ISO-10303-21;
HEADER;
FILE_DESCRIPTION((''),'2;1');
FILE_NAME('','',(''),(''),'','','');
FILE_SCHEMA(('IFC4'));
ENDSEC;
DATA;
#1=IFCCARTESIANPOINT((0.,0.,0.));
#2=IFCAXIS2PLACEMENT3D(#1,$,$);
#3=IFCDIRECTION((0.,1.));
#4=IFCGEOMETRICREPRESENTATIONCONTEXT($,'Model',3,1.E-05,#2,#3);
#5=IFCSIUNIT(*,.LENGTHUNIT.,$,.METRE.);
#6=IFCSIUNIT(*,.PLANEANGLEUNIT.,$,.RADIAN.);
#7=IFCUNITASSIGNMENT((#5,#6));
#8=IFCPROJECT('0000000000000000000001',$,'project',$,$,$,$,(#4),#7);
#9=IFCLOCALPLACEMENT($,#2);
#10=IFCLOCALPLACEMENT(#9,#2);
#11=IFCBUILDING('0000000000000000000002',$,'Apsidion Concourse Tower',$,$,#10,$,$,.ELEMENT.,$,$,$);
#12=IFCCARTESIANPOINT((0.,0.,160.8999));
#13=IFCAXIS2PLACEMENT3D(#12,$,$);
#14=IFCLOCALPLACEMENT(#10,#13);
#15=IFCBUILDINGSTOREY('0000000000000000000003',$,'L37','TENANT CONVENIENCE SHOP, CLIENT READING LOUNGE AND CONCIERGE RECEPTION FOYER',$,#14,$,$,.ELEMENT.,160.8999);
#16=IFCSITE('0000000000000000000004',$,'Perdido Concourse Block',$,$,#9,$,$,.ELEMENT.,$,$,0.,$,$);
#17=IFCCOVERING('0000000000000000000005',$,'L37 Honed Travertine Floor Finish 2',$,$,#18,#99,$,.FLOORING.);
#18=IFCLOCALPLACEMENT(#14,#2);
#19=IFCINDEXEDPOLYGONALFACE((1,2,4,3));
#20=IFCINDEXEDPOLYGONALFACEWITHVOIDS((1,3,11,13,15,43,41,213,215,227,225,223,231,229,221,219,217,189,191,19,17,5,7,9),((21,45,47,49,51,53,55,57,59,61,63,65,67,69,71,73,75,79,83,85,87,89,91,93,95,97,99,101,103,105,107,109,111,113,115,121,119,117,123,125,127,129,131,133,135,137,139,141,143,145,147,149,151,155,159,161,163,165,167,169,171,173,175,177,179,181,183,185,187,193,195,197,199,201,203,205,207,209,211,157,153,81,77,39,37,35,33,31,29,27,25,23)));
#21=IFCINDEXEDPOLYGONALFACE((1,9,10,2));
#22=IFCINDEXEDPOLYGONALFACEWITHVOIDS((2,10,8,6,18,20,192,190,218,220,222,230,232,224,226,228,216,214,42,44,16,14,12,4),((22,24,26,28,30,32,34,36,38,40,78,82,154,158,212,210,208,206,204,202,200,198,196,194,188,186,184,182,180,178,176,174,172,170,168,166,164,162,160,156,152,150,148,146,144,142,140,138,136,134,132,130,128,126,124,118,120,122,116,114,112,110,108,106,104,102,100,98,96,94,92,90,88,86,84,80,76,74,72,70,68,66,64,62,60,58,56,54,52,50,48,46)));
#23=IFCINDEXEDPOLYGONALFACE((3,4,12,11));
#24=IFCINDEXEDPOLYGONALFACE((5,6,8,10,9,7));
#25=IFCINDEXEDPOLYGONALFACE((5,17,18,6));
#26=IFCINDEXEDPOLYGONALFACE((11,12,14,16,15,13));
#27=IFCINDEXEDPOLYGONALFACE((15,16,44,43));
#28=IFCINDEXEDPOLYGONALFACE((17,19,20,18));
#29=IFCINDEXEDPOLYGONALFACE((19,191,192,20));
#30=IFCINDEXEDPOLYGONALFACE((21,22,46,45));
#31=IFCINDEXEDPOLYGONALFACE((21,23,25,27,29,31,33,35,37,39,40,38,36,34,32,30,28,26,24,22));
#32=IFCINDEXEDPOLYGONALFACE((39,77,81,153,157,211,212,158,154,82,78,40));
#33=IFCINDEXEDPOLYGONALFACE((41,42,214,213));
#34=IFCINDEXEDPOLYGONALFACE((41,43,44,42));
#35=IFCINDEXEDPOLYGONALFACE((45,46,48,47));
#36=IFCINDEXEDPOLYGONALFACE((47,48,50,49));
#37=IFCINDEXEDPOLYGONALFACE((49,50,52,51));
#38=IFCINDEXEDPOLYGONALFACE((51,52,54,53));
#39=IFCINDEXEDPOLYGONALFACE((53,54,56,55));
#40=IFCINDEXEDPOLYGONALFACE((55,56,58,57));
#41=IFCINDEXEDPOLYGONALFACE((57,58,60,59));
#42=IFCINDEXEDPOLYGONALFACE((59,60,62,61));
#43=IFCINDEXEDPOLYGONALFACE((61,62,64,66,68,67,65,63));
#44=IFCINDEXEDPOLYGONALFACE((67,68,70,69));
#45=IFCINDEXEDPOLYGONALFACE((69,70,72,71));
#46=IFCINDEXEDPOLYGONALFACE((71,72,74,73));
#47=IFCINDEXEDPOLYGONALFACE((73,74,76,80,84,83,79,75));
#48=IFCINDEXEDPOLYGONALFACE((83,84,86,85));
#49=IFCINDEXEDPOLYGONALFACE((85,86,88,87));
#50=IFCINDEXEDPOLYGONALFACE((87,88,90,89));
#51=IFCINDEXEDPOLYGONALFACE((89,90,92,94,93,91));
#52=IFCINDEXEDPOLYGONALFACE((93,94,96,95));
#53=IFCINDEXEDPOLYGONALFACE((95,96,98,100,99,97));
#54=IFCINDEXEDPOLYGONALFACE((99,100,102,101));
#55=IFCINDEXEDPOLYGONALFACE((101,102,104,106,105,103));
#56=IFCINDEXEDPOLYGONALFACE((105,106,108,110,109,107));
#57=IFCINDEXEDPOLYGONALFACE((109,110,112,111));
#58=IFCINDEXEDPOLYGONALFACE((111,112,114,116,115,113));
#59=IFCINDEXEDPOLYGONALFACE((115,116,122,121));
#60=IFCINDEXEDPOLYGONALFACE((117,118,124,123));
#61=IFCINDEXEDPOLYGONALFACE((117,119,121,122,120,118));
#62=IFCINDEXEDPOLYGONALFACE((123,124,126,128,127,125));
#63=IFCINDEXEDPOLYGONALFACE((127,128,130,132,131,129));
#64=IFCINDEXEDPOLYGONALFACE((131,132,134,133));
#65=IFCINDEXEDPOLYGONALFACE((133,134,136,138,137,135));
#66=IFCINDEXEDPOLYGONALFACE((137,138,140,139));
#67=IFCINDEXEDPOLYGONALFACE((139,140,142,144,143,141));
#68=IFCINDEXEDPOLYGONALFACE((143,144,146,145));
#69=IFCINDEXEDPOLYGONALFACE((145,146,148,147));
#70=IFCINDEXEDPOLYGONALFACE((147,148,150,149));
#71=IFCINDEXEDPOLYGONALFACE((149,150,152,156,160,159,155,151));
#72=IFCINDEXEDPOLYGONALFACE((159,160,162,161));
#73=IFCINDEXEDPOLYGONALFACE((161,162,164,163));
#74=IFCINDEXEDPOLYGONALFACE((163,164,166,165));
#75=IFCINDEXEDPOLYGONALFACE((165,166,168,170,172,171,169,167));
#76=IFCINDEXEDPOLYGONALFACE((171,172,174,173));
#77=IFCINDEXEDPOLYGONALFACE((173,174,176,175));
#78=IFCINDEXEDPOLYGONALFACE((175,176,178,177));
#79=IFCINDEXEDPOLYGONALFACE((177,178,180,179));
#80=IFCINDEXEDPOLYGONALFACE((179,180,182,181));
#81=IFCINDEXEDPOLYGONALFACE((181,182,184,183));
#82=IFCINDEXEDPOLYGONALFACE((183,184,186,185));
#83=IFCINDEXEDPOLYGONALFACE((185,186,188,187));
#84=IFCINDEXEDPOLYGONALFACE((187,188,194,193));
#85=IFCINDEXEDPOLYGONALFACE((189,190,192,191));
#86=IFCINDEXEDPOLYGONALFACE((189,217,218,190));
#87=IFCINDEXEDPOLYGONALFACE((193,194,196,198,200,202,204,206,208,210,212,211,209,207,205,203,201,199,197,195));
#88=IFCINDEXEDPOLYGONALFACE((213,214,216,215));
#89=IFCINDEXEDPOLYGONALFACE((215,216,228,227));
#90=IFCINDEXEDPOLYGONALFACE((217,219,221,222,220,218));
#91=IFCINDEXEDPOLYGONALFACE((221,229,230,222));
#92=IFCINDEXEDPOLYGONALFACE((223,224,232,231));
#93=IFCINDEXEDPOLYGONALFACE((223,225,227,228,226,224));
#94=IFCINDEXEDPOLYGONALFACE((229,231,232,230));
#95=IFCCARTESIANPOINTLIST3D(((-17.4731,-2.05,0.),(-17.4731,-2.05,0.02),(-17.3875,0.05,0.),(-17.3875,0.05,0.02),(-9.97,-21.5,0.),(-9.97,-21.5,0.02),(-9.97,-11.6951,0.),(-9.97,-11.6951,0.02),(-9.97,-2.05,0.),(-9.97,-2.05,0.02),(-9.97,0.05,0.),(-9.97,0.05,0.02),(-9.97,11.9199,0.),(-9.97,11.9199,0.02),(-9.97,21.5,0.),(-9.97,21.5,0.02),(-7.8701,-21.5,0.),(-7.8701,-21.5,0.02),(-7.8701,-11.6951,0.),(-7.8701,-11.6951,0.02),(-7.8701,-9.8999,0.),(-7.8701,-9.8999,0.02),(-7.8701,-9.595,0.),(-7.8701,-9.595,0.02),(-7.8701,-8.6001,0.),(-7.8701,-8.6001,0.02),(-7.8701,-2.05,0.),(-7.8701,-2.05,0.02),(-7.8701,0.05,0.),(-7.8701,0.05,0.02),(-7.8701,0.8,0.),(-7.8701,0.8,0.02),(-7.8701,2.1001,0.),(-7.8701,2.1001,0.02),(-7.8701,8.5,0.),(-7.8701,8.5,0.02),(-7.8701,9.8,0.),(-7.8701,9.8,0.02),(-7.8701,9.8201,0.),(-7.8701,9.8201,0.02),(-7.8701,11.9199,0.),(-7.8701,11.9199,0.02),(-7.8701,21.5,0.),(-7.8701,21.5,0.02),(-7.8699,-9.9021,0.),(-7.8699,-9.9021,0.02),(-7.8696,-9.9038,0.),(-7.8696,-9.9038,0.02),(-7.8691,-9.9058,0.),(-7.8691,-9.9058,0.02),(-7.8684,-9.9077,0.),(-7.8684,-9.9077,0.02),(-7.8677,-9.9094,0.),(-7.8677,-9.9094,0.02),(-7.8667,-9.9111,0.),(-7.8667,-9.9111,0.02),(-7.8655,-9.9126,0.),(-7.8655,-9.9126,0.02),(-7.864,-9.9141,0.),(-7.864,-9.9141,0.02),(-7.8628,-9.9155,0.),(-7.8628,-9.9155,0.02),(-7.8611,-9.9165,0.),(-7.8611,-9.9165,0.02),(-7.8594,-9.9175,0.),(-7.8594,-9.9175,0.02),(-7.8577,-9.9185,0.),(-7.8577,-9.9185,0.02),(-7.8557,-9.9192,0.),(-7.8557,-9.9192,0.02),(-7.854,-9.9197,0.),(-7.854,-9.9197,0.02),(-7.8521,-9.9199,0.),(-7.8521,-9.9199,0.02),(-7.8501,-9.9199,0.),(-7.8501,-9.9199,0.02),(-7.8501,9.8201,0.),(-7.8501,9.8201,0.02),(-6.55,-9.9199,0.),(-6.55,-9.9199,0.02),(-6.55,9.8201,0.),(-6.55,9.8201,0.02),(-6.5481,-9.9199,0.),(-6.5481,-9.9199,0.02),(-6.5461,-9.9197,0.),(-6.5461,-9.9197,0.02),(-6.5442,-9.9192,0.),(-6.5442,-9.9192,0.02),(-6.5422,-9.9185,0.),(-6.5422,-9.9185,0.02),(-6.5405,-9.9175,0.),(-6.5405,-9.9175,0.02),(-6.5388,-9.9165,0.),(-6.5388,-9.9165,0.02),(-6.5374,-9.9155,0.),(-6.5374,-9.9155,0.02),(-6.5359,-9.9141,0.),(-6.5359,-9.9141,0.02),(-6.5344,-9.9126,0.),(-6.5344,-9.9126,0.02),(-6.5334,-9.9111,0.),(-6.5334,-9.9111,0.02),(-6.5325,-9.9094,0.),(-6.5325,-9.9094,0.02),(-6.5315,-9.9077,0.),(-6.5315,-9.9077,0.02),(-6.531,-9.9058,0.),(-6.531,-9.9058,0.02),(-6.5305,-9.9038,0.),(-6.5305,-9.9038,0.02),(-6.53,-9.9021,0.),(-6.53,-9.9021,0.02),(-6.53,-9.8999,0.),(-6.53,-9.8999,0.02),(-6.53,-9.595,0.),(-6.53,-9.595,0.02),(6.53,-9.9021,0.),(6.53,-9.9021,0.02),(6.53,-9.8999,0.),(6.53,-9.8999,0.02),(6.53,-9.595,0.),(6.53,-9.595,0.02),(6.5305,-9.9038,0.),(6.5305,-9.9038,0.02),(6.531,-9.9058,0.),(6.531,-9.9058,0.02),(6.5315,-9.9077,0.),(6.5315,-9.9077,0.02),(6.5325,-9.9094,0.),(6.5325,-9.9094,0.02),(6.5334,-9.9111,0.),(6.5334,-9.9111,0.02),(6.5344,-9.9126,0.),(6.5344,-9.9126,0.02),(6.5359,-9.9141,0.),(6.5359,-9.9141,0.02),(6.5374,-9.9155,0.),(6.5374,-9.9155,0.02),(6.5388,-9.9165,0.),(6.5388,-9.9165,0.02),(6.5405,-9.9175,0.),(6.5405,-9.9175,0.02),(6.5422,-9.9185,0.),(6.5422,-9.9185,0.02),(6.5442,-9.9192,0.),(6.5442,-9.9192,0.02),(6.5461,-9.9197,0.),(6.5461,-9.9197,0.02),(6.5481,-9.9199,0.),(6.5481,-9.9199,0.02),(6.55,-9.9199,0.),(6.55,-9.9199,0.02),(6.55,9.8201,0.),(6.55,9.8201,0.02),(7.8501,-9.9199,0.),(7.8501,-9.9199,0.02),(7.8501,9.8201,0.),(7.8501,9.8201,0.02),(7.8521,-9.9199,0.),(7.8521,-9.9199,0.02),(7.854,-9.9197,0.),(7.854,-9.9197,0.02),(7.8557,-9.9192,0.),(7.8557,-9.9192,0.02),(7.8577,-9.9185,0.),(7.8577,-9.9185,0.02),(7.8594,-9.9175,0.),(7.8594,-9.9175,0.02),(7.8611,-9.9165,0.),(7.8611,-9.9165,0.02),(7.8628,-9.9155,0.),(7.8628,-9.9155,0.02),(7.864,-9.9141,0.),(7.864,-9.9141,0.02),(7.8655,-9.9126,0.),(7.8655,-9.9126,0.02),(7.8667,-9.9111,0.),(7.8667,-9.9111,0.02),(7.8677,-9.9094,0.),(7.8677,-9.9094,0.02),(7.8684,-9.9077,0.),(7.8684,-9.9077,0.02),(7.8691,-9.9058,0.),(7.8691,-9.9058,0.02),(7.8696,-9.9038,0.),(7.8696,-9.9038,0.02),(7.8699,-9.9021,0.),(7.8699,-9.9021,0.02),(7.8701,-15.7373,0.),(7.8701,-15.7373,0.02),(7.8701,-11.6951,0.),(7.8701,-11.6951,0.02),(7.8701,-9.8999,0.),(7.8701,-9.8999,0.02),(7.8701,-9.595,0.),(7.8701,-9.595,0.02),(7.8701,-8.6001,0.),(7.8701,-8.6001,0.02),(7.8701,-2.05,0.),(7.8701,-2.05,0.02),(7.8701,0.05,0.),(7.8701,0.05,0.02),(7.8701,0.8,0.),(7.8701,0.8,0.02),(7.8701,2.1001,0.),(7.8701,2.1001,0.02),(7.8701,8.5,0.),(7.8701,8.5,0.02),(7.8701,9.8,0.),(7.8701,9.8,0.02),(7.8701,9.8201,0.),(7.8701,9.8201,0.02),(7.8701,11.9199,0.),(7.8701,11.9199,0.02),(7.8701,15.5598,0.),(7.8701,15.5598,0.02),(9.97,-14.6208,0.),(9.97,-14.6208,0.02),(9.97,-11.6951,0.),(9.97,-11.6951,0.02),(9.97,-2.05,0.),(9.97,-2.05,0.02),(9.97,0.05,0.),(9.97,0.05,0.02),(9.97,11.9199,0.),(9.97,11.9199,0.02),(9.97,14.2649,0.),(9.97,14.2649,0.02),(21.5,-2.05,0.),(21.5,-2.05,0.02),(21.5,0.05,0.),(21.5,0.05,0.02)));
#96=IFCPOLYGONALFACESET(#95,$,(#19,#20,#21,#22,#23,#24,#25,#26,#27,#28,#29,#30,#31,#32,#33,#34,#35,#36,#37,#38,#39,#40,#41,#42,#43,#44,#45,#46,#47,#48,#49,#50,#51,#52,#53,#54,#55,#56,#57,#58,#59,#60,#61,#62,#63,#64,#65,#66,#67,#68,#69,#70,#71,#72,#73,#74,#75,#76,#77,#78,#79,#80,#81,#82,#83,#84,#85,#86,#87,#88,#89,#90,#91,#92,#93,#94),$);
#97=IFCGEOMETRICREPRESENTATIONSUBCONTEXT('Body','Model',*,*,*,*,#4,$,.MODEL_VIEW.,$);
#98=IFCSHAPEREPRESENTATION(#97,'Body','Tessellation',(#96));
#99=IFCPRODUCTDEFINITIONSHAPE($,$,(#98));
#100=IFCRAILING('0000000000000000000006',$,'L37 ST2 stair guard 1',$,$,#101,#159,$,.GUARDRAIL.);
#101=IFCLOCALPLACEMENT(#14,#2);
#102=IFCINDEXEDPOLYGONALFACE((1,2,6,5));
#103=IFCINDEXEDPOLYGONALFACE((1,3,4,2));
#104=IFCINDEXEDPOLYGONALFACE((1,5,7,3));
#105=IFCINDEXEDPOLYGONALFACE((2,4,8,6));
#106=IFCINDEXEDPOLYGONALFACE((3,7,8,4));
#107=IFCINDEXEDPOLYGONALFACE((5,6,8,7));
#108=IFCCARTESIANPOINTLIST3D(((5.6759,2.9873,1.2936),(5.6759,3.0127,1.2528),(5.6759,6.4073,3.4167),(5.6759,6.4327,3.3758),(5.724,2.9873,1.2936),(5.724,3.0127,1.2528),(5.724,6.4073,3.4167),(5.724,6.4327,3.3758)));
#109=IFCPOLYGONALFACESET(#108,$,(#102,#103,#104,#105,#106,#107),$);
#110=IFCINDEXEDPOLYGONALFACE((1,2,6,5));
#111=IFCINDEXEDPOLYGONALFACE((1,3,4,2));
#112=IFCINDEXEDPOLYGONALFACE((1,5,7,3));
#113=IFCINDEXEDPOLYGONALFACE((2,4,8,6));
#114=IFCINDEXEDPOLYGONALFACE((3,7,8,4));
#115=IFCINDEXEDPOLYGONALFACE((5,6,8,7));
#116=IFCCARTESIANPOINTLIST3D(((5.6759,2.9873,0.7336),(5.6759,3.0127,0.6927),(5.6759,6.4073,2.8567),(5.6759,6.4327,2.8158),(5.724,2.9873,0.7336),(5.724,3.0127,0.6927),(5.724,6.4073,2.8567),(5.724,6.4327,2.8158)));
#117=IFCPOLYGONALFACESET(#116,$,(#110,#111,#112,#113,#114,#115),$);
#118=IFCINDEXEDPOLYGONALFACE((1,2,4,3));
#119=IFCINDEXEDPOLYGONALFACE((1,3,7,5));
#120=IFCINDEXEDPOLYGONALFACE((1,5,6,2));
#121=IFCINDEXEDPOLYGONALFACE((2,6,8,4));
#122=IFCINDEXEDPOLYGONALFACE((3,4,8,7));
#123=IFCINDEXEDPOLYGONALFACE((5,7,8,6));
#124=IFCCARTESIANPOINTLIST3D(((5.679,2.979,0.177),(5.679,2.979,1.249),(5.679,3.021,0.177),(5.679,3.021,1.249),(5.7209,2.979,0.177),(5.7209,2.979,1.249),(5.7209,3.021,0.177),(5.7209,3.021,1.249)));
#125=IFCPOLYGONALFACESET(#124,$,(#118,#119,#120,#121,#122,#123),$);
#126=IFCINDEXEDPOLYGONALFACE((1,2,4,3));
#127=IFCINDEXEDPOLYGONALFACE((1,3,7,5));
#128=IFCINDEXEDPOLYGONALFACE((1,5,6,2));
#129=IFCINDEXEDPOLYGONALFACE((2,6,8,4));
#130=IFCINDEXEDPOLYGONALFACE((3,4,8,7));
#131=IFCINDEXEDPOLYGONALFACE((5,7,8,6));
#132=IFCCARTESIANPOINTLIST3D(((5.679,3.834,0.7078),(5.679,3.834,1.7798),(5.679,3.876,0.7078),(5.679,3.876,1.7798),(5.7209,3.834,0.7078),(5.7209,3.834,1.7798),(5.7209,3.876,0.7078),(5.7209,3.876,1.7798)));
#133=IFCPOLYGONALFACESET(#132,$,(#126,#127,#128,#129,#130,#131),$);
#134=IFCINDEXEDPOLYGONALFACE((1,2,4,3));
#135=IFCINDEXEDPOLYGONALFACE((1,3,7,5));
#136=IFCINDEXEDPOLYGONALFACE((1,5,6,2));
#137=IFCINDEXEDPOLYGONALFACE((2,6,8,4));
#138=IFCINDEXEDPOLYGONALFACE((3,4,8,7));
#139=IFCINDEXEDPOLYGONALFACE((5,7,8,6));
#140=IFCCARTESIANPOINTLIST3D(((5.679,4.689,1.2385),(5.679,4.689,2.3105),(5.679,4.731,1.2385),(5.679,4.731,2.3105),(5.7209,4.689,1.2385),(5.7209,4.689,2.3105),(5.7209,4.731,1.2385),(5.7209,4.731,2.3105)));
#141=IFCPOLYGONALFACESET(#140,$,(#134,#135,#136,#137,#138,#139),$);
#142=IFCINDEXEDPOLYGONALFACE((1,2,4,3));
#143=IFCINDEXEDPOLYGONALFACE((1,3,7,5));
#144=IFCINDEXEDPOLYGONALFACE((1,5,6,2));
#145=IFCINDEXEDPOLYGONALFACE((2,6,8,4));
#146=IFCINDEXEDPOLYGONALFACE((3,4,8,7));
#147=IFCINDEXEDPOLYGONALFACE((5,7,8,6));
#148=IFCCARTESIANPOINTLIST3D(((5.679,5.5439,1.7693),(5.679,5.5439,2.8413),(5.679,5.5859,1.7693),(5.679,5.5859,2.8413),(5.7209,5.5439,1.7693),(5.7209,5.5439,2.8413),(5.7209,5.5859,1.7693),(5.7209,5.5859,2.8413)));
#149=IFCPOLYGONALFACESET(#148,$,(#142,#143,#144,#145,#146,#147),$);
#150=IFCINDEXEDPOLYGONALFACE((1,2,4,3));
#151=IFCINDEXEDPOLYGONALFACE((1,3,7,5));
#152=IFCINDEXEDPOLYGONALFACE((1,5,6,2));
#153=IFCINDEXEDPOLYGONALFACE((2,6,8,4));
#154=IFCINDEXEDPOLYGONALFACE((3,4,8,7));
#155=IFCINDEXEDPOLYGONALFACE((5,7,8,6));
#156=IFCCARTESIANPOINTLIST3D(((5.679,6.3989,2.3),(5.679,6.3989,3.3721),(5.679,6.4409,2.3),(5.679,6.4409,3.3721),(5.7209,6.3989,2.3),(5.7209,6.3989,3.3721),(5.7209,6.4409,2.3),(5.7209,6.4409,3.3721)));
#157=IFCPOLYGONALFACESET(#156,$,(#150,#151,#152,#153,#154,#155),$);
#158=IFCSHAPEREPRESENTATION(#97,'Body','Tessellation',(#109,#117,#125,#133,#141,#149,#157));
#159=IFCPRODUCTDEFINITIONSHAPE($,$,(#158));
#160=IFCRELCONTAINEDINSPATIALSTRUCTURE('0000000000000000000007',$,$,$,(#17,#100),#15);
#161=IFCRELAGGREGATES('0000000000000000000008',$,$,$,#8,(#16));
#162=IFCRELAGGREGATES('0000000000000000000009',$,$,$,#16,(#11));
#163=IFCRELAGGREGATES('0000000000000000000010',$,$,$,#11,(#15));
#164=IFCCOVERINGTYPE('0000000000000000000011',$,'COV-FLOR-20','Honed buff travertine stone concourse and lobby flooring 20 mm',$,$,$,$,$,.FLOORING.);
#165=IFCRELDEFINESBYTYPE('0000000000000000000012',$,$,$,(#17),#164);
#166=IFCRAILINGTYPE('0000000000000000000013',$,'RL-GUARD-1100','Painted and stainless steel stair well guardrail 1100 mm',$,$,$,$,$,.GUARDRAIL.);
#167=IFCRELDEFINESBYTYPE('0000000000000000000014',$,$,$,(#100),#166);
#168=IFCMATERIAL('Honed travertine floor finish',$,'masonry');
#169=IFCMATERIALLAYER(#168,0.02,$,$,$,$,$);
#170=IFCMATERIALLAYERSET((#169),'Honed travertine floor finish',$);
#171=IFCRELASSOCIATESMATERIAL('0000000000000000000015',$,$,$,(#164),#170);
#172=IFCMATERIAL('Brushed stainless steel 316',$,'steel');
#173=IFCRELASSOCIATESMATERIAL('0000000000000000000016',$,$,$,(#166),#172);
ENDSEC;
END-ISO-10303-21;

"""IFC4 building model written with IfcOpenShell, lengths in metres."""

from ifc_helpers import new_model, si_unit, direction, frame, origin, origin_2d, place, context, subcontext, project, spatial, polyline, rectangle, outline, extrude, material, layer, layer_set, type_object, element, save


model = new_model("IFC4")

# Units and contexts
model_context = context("Model", 3, precision=1e-05, world=origin(), true_north=direction((0.0, 1.0)))
body_context = subcontext(model_context, "Body", "Model", "MODEL_VIEW")
ifc_project = project(units=[si_unit("LENGTHUNIT", "METRE"), si_unit("PLANEANGLEUNIT", "RADIAN")], contexts=[model_context])

# Site, building, storey
site_placement = place(None, origin())
site = spatial("IfcSite", under=ifc_project, at=site_placement, Name="Perdido Concourse Block", CompositionType="ELEMENT", RefElevation=0.0)
building_placement = place(site_placement, origin())
building = spatial("IfcBuilding", under=site, at=building_placement, Name="Apsidion Concourse Tower", CompositionType="ELEMENT")
storey_placement = place(building_placement, frame((0.0, 0.0, 160.8999)))
storey = spatial("IfcBuildingStorey", under=building, at=storey_placement, Name="L37", Description="TENANT CONVENIENCE SHOP, CLIENT READING LOUNGE AND CONCIERGE RECEPTION FOYER", CompositionType="ELEMENT", Elevation=160.8999)

# Covering
ifc_material_1 = material(Name="Honed travertine floor finish", Category="masonry")
ifc_layer_1 = layer(ifc_material_1, 0.02)
ifc_layer_set_1 = layer_set([ifc_layer_1], Name="Honed travertine floor finish")
covering_type_1 = type_object("IfcCoveringType", Name="COV-FLOR-20", Description="Honed buff travertine stone concourse and lobby flooring 20 mm", PredefinedType="FLOORING", material=ifc_layer_set_1)
covering_1_placement = place(storey_placement, origin())
element("IfcCovering", 1, at=covering_1_placement, inside=storey, type_object=covering_type_1, Name="L37 Honed Travertine Floor Finish 2", PredefinedType="FLOORING", context=body_context, shape_type="SweptSolid", body=[
    extrude(outline(polyline([(9.97, -14.6208), (7.8701, -15.7373), (7.8701, -11.6951), (-7.8701, -11.6951), (-7.8701, -21.5), (-9.97, -21.5), (-9.97, -11.6951), (-9.97, -2.05), (-17.4731, -2.05), (-17.3875, 0.05), (-9.97, 0.05), (-9.97, 11.9199), (-9.97, 21.5), (-7.8701, 21.5), (-7.8701, 11.9199), (7.8701, 11.9199), (7.8701, 15.5598), (9.97, 14.2649), (9.97, 11.9199), (9.97, 0.05), (21.5, 0.05), (21.5, -2.05), (9.97, -2.05), (9.97, -11.6951), (9.97, -14.6208)]), holes=[polyline([(7.8701, -8.6001), (7.8701, -2.05), (7.8701, 0.05), (7.8701, 0.8), (7.8701, 2.1001), (7.8701, 8.5), (7.8701, 9.8), (7.8701, 9.8201), (7.8501, 9.8201), (6.55, 9.8201), (-6.55, 9.8201), (-7.8501, 9.8201), (-7.8701, 9.8201), (-7.8701, 9.8), (-7.8701, 8.5), (-7.8701, 2.1001), (-7.8701, 0.8), (-7.8701, 0.05), (-7.8701, -2.05), (-7.8701, -8.6001), (-7.8701, -9.595), (-7.8701, -9.8999), (-7.8699, -9.9021), (-7.8696, -9.9038), (-7.8691, -9.9058), (-7.8684, -9.9077), (-7.8677, -9.9094), (-7.8667, -9.9111), (-7.8655, -9.9126), (-7.864, -9.9141), (-7.8628, -9.9155), (-7.8611, -9.9165), (-7.8594, -9.9175), (-7.8577, -9.9185), (-7.8557, -9.9192), (-7.854, -9.9197), (-7.8521, -9.9199), (-7.8501, -9.9199), (-6.55, -9.9199), (-6.5481, -9.9199), (-6.5461, -9.9197), (-6.5442, -9.9192), (-6.5422, -9.9185), (-6.5405, -9.9175), (-6.5388, -9.9165), (-6.5374, -9.9155), (-6.5359, -9.9141), (-6.5344, -9.9126), (-6.5334, -9.9111), (-6.5325, -9.9094), (-6.5315, -9.9077), (-6.531, -9.9058), (-6.5305, -9.9038), (-6.53, -9.9021), (-6.53, -9.8999), (-6.53, -9.595), (6.53, -9.595), (6.53, -9.8999), (6.53, -9.9021), (6.5305, -9.9038), (6.531, -9.9058), (6.5315, -9.9077), (6.5325, -9.9094), (6.5334, -9.9111), (6.5344, -9.9126), (6.5359, -9.9141), (6.5374, -9.9155), (6.5388, -9.9165), (6.5405, -9.9175), (6.5422, -9.9185), (6.5442, -9.9192), (6.5461, -9.9197), (6.5481, -9.9199), (6.55, -9.9199), (7.8501, -9.9199), (7.8521, -9.9199), (7.854, -9.9197), (7.8557, -9.9192), (7.8577, -9.9185), (7.8594, -9.9175), (7.8611, -9.9165), (7.8628, -9.9155), (7.864, -9.9141), (7.8655, -9.9126), (7.8667, -9.9111), (7.8677, -9.9094), (7.8684, -9.9077), (7.8691, -9.9058), (7.8696, -9.9038), (7.8699, -9.9021), (7.8701, -9.8999), (7.8701, -9.595), (7.8701, -8.6001)])]), origin(), (0.0, 0.0, 1.0), 0.02),
])

# Railing
ifc_material_2 = material(Name="Brushed stainless steel 316", Category="steel")
railing_type_1 = type_object("IfcRailingType", Name="RL-GUARD-1100", Description="Painted and stainless steel stair well guardrail 1100 mm", PredefinedType="GUARDRAIL", material=ifc_material_2)
railing_1_placement = place(storey_placement, frame((5.7, 3.0, 0.177)))
element("IfcRailing", 2, at=railing_1_placement, inside=storey, type_object=railing_type_1, Name="L37 ST2 stair guard 1", PredefinedType="GUARDRAIL", context=body_context, shape_type="SweptSolid", body=[
    extrude(rectangle(XDim=0.0481, YDim=0.0481, at=origin_2d()), frame((0.0, 0.0, 1.0962), z_axis=(0.0, 0.849603, 0.527423), x_axis=(-1.0, 0.0, 0.0)), (0.0, 0.0, 1.0), 4.0254),
    extrude(rectangle(XDim=0.0481, YDim=0.0481, at=origin_2d()), frame((0.0, 0.0, 0.5361), z_axis=(0.0, 0.849603, 0.527423), x_axis=(-1.0, 0.0, 0.0)), (0.0, 0.0, 1.0), 4.0254),
    extrude(rectangle(XDim=0.042, YDim=0.042, at=origin_2d()), origin(), (0.0, 0.0, 1.0), 1.072),
    extrude(rectangle(XDim=0.042, YDim=0.042, at=origin_2d()), frame((0.0, 0.855, 0.5308)), (0.0, 0.0, 1.0), 1.072),
    extrude(rectangle(XDim=0.042, YDim=0.042, at=origin_2d()), frame((0.0, 1.71, 1.0615)), (0.0, 0.0, 1.0), 1.072),
    extrude(rectangle(XDim=0.042, YDim=0.042, at=origin_2d()), frame((0.0, 2.5649, 1.5923)), (0.0, 0.0, 1.0), 1.072),
    extrude(rectangle(XDim=0.042, YDim=0.042, at=origin_2d()), frame((0.0, 3.4199, 2.123)), (0.0, 0.0, 1.0), 1.072),
])

save(model, "model.ifc")
